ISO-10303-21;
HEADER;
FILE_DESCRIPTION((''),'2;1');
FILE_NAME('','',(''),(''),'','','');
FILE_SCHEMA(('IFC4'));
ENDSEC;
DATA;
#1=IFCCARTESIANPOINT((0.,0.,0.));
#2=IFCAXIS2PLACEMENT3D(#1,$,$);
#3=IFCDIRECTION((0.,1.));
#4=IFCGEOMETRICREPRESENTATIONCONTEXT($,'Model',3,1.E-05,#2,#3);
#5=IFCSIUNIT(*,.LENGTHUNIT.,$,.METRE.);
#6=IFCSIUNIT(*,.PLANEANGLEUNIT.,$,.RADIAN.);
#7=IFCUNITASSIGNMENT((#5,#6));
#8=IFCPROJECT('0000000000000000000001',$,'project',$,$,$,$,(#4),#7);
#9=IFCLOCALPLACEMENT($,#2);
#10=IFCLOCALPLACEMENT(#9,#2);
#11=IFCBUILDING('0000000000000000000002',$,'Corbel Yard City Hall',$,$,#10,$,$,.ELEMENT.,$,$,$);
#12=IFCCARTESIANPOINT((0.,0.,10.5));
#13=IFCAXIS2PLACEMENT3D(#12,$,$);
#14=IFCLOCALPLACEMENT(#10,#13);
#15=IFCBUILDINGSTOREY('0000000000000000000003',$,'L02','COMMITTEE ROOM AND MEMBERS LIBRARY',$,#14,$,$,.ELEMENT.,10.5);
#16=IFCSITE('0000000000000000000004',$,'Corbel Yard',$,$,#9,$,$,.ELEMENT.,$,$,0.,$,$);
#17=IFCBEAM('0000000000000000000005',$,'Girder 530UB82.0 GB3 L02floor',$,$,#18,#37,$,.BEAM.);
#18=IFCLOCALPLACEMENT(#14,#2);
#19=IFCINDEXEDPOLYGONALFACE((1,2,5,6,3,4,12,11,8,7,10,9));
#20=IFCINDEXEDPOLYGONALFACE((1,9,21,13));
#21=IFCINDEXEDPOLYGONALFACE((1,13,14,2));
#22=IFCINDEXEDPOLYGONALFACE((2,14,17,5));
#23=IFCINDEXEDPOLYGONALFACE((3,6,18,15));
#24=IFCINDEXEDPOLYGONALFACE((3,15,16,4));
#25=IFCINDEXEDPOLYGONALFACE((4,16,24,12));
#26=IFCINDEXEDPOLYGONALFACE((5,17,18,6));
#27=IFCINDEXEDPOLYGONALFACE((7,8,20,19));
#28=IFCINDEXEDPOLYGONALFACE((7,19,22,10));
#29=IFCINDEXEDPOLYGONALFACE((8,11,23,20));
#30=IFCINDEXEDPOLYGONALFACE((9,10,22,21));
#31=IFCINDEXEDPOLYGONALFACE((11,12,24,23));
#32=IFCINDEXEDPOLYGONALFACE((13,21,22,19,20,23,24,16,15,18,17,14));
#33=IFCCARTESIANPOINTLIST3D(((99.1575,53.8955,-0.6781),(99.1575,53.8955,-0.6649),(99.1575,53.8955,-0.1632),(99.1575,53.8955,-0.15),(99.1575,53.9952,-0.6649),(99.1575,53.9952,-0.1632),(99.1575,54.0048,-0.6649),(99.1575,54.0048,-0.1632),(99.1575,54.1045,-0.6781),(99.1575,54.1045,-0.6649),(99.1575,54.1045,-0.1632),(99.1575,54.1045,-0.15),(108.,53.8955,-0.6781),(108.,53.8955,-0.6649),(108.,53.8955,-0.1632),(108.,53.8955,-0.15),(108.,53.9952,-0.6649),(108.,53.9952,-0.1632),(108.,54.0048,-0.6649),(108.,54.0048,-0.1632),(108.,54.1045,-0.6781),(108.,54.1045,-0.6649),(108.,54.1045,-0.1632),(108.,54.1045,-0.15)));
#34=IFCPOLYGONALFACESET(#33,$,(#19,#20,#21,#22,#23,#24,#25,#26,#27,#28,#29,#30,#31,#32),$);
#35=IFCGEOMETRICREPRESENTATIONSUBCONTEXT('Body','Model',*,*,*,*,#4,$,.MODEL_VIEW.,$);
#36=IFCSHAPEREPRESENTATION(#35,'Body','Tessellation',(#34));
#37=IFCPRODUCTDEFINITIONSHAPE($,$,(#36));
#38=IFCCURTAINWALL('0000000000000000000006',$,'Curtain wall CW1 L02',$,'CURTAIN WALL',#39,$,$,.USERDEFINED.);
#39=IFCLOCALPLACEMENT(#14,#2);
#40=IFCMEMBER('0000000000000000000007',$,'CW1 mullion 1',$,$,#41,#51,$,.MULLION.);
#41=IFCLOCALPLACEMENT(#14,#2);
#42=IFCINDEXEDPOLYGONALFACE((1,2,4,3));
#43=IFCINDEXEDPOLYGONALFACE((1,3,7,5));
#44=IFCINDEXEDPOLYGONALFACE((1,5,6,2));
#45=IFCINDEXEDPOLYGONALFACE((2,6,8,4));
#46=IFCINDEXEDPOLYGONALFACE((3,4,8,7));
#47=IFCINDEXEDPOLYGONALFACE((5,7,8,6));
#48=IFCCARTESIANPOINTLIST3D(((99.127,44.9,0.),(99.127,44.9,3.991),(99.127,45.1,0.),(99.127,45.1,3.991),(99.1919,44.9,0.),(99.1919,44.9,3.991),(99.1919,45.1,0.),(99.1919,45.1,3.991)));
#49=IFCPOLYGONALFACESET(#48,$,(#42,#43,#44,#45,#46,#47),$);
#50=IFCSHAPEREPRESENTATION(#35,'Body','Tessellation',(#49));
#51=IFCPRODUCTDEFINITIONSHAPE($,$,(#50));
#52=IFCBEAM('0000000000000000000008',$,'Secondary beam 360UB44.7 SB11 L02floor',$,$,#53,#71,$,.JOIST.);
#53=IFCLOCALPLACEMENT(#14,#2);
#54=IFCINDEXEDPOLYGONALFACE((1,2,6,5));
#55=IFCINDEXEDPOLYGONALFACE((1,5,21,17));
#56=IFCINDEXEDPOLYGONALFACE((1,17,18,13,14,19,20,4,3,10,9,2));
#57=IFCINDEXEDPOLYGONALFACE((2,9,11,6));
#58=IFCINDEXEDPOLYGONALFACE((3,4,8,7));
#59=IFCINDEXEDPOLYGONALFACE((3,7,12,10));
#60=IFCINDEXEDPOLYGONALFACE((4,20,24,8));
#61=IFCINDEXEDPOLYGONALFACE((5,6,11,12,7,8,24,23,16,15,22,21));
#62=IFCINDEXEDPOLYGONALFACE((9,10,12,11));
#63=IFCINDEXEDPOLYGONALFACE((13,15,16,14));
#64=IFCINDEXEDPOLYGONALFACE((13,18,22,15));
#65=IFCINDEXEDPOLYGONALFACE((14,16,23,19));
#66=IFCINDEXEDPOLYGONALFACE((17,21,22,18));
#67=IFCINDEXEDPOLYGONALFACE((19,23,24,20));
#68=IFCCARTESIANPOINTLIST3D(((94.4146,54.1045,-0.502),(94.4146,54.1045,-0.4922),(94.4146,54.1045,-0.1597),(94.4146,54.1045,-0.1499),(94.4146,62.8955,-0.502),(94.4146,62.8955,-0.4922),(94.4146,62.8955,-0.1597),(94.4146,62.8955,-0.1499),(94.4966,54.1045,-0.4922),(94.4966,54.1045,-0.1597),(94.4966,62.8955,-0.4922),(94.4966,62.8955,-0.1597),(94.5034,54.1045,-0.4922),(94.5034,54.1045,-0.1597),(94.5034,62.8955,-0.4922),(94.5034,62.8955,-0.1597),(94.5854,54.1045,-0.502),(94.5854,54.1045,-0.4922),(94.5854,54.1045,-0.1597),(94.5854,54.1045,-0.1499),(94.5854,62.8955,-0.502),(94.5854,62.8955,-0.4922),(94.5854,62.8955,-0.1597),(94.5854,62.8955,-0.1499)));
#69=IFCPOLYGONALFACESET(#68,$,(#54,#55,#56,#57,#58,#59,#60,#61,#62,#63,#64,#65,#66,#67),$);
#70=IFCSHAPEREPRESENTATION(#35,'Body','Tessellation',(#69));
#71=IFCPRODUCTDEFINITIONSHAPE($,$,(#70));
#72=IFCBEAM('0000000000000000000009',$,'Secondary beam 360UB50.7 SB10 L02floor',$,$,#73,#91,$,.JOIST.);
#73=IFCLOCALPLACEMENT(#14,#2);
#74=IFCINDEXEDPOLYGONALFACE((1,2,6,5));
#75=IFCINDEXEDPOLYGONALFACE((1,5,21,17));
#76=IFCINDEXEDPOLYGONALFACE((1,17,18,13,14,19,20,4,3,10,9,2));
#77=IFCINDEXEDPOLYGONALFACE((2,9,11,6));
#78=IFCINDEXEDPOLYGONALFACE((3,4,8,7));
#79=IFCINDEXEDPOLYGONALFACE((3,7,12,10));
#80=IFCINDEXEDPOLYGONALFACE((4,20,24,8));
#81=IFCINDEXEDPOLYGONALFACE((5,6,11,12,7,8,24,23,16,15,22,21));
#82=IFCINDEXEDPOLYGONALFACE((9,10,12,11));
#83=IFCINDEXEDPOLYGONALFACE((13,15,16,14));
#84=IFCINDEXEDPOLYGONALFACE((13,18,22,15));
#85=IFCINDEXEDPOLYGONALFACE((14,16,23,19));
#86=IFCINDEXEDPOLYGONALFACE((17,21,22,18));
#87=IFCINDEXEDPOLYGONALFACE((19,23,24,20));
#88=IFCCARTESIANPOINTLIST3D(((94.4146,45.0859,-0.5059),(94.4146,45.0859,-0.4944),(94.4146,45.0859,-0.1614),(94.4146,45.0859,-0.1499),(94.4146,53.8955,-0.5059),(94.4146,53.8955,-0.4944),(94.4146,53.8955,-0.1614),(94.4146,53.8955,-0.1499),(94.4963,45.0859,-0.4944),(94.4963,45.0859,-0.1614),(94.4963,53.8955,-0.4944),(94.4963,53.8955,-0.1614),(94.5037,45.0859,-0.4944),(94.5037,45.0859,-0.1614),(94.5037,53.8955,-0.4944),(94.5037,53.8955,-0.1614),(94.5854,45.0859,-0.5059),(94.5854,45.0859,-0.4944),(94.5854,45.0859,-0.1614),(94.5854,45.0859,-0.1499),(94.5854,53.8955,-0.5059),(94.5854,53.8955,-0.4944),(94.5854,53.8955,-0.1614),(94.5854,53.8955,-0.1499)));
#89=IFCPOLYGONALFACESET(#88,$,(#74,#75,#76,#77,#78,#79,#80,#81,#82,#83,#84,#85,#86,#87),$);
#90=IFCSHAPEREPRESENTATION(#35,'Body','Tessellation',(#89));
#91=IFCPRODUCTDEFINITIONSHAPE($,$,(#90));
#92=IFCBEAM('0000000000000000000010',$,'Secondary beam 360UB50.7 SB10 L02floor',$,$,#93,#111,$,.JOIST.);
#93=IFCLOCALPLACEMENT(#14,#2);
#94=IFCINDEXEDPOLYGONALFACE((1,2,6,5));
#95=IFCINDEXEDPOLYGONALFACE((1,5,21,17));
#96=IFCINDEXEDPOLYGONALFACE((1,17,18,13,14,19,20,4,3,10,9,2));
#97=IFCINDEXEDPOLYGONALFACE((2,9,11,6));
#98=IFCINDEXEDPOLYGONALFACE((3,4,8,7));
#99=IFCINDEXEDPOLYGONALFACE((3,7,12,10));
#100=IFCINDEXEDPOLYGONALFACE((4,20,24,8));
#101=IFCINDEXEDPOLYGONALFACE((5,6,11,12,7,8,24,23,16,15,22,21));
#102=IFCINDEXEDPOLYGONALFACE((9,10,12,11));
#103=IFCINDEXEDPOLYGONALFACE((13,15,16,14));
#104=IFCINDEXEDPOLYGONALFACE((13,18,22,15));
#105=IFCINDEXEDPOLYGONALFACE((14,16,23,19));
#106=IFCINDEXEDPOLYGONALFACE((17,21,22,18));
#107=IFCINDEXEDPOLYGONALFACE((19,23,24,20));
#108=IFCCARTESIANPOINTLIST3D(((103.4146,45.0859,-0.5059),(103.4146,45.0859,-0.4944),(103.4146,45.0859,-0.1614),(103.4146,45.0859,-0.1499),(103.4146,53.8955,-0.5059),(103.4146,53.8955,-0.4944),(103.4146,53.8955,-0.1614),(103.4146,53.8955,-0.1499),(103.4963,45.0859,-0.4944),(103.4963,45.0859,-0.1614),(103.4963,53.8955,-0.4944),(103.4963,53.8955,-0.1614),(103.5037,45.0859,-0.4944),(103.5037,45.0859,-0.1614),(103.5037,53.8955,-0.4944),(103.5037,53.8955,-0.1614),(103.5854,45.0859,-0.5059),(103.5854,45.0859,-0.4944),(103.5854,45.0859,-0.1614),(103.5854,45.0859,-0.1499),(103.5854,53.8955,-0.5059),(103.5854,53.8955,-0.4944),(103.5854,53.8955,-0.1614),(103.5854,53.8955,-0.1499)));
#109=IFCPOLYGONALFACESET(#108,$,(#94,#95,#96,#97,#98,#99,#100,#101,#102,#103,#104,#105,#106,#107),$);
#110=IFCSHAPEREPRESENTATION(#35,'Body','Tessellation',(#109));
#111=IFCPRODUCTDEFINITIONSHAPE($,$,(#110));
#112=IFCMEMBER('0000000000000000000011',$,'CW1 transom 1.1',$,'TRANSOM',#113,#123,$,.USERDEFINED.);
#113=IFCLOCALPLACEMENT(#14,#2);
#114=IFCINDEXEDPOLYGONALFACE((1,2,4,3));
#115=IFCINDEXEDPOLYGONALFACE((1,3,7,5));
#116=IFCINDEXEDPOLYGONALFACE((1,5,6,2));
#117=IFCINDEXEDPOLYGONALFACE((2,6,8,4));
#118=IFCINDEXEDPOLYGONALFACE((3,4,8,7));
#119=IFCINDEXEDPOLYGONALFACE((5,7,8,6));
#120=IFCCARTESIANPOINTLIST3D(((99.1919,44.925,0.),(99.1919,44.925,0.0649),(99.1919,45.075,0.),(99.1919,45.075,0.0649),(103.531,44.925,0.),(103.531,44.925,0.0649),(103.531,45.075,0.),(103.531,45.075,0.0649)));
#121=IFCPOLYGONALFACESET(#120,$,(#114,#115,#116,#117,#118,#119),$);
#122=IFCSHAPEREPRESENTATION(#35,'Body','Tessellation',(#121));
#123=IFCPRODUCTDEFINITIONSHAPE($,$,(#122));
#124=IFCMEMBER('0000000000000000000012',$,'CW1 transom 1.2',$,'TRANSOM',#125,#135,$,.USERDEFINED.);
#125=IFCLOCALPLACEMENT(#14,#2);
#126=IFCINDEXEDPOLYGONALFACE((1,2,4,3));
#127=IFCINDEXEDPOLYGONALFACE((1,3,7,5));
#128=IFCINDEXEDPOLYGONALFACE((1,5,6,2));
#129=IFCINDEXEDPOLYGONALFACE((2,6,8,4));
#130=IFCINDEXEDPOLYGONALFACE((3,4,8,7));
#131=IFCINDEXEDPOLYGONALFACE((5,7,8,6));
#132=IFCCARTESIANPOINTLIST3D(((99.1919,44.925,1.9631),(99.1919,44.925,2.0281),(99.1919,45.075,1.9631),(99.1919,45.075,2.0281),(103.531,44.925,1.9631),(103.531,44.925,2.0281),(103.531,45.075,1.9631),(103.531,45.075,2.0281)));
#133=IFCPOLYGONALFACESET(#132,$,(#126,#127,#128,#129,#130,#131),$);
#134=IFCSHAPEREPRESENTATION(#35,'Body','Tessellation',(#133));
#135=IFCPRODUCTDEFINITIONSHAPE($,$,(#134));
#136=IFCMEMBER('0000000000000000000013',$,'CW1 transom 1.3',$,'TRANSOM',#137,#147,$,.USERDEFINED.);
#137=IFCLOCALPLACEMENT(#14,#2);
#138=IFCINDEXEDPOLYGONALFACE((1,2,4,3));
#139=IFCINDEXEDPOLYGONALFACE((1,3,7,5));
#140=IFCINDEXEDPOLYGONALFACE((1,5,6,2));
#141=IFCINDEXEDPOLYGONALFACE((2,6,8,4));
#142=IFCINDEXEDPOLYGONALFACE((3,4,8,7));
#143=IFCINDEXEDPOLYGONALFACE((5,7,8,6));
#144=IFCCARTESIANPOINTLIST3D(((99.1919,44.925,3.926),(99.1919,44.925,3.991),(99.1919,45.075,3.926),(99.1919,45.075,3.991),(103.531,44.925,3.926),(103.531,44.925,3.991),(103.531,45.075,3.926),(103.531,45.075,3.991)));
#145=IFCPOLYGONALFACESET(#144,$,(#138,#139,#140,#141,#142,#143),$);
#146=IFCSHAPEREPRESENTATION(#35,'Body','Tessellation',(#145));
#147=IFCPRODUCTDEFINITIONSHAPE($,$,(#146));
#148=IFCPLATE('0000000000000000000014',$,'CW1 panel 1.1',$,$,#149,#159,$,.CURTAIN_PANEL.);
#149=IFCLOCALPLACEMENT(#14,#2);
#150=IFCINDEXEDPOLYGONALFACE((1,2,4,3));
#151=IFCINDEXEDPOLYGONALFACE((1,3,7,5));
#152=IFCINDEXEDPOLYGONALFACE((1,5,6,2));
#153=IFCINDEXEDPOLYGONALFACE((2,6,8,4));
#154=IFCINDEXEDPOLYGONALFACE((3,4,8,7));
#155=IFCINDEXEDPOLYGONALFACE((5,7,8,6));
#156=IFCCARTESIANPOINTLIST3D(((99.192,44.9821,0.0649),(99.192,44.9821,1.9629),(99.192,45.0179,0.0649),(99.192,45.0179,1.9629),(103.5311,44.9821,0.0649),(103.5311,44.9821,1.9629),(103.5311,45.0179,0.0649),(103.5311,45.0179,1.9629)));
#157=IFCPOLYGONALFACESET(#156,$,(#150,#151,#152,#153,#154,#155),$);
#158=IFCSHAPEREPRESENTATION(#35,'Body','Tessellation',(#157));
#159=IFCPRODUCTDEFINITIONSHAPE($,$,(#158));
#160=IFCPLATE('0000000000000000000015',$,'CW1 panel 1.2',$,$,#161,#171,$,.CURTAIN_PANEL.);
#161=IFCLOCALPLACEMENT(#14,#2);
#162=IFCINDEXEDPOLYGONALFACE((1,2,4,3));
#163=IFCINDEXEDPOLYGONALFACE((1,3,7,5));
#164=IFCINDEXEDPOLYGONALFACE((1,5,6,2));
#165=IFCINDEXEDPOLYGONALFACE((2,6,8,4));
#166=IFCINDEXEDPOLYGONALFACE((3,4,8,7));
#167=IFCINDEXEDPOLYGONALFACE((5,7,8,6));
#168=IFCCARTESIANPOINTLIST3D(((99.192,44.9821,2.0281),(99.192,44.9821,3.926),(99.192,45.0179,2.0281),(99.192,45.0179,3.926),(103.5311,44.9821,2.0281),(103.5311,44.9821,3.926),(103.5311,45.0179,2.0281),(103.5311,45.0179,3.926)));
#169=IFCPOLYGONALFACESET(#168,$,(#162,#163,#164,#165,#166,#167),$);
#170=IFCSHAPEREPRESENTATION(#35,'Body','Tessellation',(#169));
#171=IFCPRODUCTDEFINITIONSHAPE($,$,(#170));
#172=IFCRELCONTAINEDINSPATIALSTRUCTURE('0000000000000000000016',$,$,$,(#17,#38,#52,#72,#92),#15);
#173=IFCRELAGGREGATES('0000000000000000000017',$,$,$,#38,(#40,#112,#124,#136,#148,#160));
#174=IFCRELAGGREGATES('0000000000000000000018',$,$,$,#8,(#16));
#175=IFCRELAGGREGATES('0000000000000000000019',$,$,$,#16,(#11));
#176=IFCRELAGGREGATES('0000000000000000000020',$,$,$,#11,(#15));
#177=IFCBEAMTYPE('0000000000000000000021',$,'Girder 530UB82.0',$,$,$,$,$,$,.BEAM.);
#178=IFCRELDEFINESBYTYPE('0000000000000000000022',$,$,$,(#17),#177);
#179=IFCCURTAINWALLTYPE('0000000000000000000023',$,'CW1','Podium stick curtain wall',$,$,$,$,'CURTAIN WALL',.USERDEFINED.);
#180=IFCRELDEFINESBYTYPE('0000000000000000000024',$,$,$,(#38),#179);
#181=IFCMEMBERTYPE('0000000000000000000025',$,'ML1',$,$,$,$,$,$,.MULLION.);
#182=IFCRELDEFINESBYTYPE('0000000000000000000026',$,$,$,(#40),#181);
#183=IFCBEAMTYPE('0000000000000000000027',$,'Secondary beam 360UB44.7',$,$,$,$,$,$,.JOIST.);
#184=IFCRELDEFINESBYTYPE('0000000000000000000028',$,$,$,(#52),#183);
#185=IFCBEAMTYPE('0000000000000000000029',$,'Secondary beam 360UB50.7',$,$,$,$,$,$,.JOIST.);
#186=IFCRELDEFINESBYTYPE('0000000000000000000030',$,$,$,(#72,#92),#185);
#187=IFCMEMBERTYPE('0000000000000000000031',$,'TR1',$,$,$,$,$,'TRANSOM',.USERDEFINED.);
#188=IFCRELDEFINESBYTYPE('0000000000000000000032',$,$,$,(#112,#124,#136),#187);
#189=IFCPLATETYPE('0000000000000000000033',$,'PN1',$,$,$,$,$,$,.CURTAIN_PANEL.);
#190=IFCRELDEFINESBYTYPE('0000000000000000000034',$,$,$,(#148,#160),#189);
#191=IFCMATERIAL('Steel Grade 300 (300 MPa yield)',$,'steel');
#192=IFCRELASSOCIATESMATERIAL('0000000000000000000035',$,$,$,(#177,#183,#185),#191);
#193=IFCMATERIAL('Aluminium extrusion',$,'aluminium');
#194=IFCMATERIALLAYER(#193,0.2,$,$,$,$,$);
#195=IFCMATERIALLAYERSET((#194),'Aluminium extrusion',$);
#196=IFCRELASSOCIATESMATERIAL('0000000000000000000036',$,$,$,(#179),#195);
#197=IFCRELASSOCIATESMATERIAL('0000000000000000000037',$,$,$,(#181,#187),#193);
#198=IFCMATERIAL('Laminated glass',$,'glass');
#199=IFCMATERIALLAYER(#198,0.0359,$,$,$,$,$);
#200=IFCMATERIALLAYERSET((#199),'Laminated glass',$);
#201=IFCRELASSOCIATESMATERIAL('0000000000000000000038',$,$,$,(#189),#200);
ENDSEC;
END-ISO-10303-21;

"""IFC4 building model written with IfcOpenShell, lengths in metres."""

from ifc_helpers import new_model, si_unit, direction, frame, origin, origin_2d, place, context, subcontext, project, spatial, rectangle, i_section, extrude, material, layer, layer_set, material_profile, profile_set, type_object, element, aggregate, save


model = new_model("IFC4")

# Units and contexts
model_context = context("Model", 3, precision=1e-05, world=origin(), true_north=direction((0.0, 1.0)))
body_context = subcontext(model_context, "Body", "Model", "MODEL_VIEW")
ifc_project = project(units=[si_unit("LENGTHUNIT", "METRE"), si_unit("PLANEANGLEUNIT", "RADIAN")], contexts=[model_context])

# Site, building, storey
site_placement = place(None, origin())
site = spatial("IfcSite", under=ifc_project, at=site_placement, Name="Corbel Yard", CompositionType="ELEMENT", RefElevation=0.0)
building_placement = place(site_placement, origin())
building = spatial("IfcBuilding", under=site, at=building_placement, Name="Corbel Yard City Hall", CompositionType="ELEMENT")
storey_placement = place(building_placement, frame((0.0, 0.0, 10.5)))
storey = spatial("IfcBuildingStorey", under=building, at=storey_placement, Name="L02", Description="COMMITTEE ROOM AND MEMBERS LIBRARY", CompositionType="ELEMENT", Elevation=10.5)

# Shared definitions
ifc_material_1 = material(Name="Steel Grade 300 (300 MPa yield)", Category="steel")

# Beam
ifc_material_profile_1 = material_profile(ifc_material_1, i_section(OverallWidth=0.209, OverallDepth=0.5281, WebThickness=0.0095, FlangeThickness=0.0132, at=origin_2d()), Name="530UB82.0")
ifc_profile_set_1 = profile_set([ifc_material_profile_1], Name="Steel Grade 300 (300 MPa yield)")
beam_type_1 = type_object("IfcBeamType", Name="Girder 530UB82.0", PredefinedType="BEAM", material=ifc_profile_set_1)
beam_1_placement = place(storey_placement, frame((99.1575, 54.0, -0.4141), z_axis=(1.0, 0.0, 0.0), x_axis=(0.0, 1.0, 0.0)))
element("IfcBeam", 1, at=beam_1_placement, inside=storey, type_object=beam_type_1, Name="Girder 530UB82.0 GB3 L02floor", PredefinedType="BEAM", context=body_context, shape_type="SweptSolid", body=[
    extrude(i_section(OverallWidth=0.209, OverallDepth=0.5281, WebThickness=0.0095, FlangeThickness=0.0132, at=origin_2d()), origin(), (0.0, 0.0, 1.0), 8.8425),
])

# Curtain wall, member
ifc_material_2 = material(Name="Aluminium extrusion", Category="aluminium")
ifc_layer_1 = layer(ifc_material_2, 0.2)
ifc_layer_set_1 = layer_set([ifc_layer_1], Name="Aluminium extrusion")
curtain_wall_type = type_object("IfcCurtainWallType", Name="CW1", Description="Podium stick curtain wall", ElementType="CURTAIN WALL", PredefinedType="USERDEFINED", material=ifc_layer_set_1)
curtain_wall_placement = place(storey_placement, origin())
curtain_wall = element("IfcCurtainWall", 2, at=curtain_wall_placement, inside=storey, type_object=curtain_wall_type, Name="Curtain wall CW1 L02", ObjectType="CURTAIN WALL", PredefinedType="USERDEFINED")
ifc_material_profile_2 = material_profile(ifc_material_2, rectangle(XDim=0.2, YDim=0.0649, at=origin_2d()), Name="200x65")
ifc_profile_set_2 = profile_set([ifc_material_profile_2], Name="Aluminium extrusion")
member_type_1 = type_object("IfcMemberType", Name="ML1", PredefinedType="MULLION", material=ifc_profile_set_2)
member_1_placement = place(storey_placement, frame((99.1594, 45.0, 0.0), z_axis=(0.0, 0.0, 1.0), x_axis=(0.0, 1.0, 0.0)))
member_1 = element("IfcMember", 3, at=member_1_placement, type_object=member_type_1, Name="CW1 mullion 1", PredefinedType="MULLION", context=body_context, shape_type="SweptSolid", body=[
    extrude(rectangle(XDim=0.2, YDim=0.0649, at=origin_2d()), origin(), (0.0, 0.0, 1.0), 3.991),
])

# Beams
ifc_material_profile_3 = material_profile(ifc_material_1, i_section(OverallWidth=0.1709, OverallDepth=0.3521, WebThickness=0.0068, FlangeThickness=0.0098, at=origin_2d()), Name="360UB44.7")
ifc_profile_set_3 = profile_set([ifc_material_profile_3], Name="Steel Grade 300 (300 MPa yield)")
beam_type_2 = type_object("IfcBeamType", Name="Secondary beam 360UB44.7", PredefinedType="JOIST", material=ifc_profile_set_3)
beam_2_placement = place(storey_placement, frame((94.5, 54.1045, -0.3259), z_axis=(0.0, 1.0, 0.0), x_axis=(-1.0, 0.0, 0.0)))
element("IfcBeam", 4, at=beam_2_placement, inside=storey, type_object=beam_type_2, Name="Secondary beam 360UB44.7 SB11 L02floor", PredefinedType="JOIST", context=body_context, shape_type="SweptSolid", body=[
    extrude(i_section(OverallWidth=0.1709, OverallDepth=0.3521, WebThickness=0.0068, FlangeThickness=0.0098, at=origin_2d()), origin(), (0.0, 0.0, 1.0), 8.791),
])
ifc_material_profile_4 = material_profile(ifc_material_1, i_section(OverallWidth=0.1709, OverallDepth=0.356, WebThickness=0.0073, FlangeThickness=0.0115, at=origin_2d()), Name="360UB50.7")
ifc_profile_set_4 = profile_set([ifc_material_profile_4], Name="Steel Grade 300 (300 MPa yield)")
beam_type_3 = type_object("IfcBeamType", Name="Secondary beam 360UB50.7", PredefinedType="JOIST", material=ifc_profile_set_4)
for number, where, z_axis, x_axis, name in (
    (5, (94.5, 45.0859, -0.3279), (0.0, 1.0, 0.0), (-1.0, 0.0, 0.0), "Secondary beam 360UB50.7 SB10 L02floor"),
    (6, (103.5, 45.0859, -0.3279), (0.0, 1.0, 0.0), (-1.0, 0.0, 0.0), "Secondary beam 360UB50.7 SB10 L02floor"),
):
    element("IfcBeam", number, at=place(storey_placement, frame(where, z_axis=z_axis, x_axis=x_axis)), inside=storey, type_object=beam_type_3, Name=name, PredefinedType="JOIST", context=body_context, shape_type="SweptSolid", body=[
        extrude(i_section(OverallWidth=0.1709, OverallDepth=0.356, WebThickness=0.0073, FlangeThickness=0.0115, at=origin_2d()), origin(), (0.0, 0.0, 1.0), 8.8096),
    ])

# Members
ifc_material_profile_5 = material_profile(ifc_material_2, rectangle(XDim=0.1499, YDim=0.0649, at=origin_2d()), Name="150x65")
ifc_profile_set_5 = profile_set([ifc_material_profile_5], Name="Aluminium extrusion")
member_type_2 = type_object("IfcMemberType", Name="TR1", ElementType="TRANSOM", PredefinedType="USERDEFINED", material=ifc_profile_set_5)
member_2_placement = place(storey_placement, frame((99.1919, 45.0, 0.0325), z_axis=(1.0, 0.0, 0.0), x_axis=(0.0, 1.0, 0.0)))
member_2 = element("IfcMember", 7, at=member_2_placement, type_object=member_type_2, Name="CW1 transom 1.1", ObjectType="TRANSOM", PredefinedType="USERDEFINED", context=body_context, shape_type="SweptSolid", body=[
    extrude(rectangle(XDim=0.1499, YDim=0.0649, at=origin_2d()), origin(), (0.0, 0.0, 1.0), 4.3391),
])
member_3_placement = place(storey_placement, frame((99.1919, 45.0, 1.9956), z_axis=(1.0, 0.0, 0.0), x_axis=(0.0, 1.0, 0.0)))
member_3 = element("IfcMember", 8, at=member_3_placement, type_object=member_type_2, Name="CW1 transom 1.2", ObjectType="TRANSOM", PredefinedType="USERDEFINED", context=body_context, shape_type="SweptSolid", body=[
    extrude(rectangle(XDim=0.1499, YDim=0.0649, at=origin_2d()), origin(), (0.0, 0.0, 1.0), 4.3391),
])
member_4_placement = place(storey_placement, frame((99.1919, 45.0, 3.9585), z_axis=(1.0, 0.0, 0.0), x_axis=(0.0, 1.0, 0.0)))
member_4 = element("IfcMember", 9, at=member_4_placement, type_object=member_type_2, Name="CW1 transom 1.3", ObjectType="TRANSOM", PredefinedType="USERDEFINED", context=body_context, shape_type="SweptSolid", body=[
    extrude(rectangle(XDim=0.1499, YDim=0.0649, at=origin_2d()), origin(), (0.0, 0.0, 1.0), 4.3391),
])

# Plates
ifc_material_3 = material(Name="Laminated glass", Category="glass")
ifc_layer_2 = layer(ifc_material_3, 0.0359)
ifc_layer_set_2 = layer_set([ifc_layer_2], Name="Laminated glass")
plate_type = type_object("IfcPlateType", Name="PN1", PredefinedType="CURTAIN_PANEL", material=ifc_layer_set_2)
plate_1_placement = place(storey_placement, frame((101.3616, 45.0, 0.0649), z_axis=(0.0, 0.0, 1.0), x_axis=(1.0, 0.0, 0.0)))
plate_1 = element("IfcPlate", 10, at=plate_1_placement, type_object=plate_type, Name="CW1 panel 1.1", PredefinedType="CURTAIN_PANEL", context=body_context, shape_type="SweptSolid", body=[
    extrude(rectangle(XDim=4.3391, YDim=0.0359, at=origin_2d()), origin(), (0.0, 0.0, 1.0), 1.8979),
])
plate_2_placement = place(storey_placement, frame((101.3616, 45.0, 2.0281), z_axis=(0.0, 0.0, 1.0), x_axis=(1.0, 0.0, 0.0)))
plate_2 = element("IfcPlate", 11, at=plate_2_placement, type_object=plate_type, Name="CW1 panel 1.2", PredefinedType="CURTAIN_PANEL", context=body_context, shape_type="SweptSolid", body=[
    extrude(rectangle(XDim=4.3391, YDim=0.0359, at=origin_2d()), origin(), (0.0, 0.0, 1.0), 1.8979),
])
aggregate(curtain_wall, [member_1, member_2, member_3, member_4, plate_1, plate_2])

save(model, "model.ifc")
